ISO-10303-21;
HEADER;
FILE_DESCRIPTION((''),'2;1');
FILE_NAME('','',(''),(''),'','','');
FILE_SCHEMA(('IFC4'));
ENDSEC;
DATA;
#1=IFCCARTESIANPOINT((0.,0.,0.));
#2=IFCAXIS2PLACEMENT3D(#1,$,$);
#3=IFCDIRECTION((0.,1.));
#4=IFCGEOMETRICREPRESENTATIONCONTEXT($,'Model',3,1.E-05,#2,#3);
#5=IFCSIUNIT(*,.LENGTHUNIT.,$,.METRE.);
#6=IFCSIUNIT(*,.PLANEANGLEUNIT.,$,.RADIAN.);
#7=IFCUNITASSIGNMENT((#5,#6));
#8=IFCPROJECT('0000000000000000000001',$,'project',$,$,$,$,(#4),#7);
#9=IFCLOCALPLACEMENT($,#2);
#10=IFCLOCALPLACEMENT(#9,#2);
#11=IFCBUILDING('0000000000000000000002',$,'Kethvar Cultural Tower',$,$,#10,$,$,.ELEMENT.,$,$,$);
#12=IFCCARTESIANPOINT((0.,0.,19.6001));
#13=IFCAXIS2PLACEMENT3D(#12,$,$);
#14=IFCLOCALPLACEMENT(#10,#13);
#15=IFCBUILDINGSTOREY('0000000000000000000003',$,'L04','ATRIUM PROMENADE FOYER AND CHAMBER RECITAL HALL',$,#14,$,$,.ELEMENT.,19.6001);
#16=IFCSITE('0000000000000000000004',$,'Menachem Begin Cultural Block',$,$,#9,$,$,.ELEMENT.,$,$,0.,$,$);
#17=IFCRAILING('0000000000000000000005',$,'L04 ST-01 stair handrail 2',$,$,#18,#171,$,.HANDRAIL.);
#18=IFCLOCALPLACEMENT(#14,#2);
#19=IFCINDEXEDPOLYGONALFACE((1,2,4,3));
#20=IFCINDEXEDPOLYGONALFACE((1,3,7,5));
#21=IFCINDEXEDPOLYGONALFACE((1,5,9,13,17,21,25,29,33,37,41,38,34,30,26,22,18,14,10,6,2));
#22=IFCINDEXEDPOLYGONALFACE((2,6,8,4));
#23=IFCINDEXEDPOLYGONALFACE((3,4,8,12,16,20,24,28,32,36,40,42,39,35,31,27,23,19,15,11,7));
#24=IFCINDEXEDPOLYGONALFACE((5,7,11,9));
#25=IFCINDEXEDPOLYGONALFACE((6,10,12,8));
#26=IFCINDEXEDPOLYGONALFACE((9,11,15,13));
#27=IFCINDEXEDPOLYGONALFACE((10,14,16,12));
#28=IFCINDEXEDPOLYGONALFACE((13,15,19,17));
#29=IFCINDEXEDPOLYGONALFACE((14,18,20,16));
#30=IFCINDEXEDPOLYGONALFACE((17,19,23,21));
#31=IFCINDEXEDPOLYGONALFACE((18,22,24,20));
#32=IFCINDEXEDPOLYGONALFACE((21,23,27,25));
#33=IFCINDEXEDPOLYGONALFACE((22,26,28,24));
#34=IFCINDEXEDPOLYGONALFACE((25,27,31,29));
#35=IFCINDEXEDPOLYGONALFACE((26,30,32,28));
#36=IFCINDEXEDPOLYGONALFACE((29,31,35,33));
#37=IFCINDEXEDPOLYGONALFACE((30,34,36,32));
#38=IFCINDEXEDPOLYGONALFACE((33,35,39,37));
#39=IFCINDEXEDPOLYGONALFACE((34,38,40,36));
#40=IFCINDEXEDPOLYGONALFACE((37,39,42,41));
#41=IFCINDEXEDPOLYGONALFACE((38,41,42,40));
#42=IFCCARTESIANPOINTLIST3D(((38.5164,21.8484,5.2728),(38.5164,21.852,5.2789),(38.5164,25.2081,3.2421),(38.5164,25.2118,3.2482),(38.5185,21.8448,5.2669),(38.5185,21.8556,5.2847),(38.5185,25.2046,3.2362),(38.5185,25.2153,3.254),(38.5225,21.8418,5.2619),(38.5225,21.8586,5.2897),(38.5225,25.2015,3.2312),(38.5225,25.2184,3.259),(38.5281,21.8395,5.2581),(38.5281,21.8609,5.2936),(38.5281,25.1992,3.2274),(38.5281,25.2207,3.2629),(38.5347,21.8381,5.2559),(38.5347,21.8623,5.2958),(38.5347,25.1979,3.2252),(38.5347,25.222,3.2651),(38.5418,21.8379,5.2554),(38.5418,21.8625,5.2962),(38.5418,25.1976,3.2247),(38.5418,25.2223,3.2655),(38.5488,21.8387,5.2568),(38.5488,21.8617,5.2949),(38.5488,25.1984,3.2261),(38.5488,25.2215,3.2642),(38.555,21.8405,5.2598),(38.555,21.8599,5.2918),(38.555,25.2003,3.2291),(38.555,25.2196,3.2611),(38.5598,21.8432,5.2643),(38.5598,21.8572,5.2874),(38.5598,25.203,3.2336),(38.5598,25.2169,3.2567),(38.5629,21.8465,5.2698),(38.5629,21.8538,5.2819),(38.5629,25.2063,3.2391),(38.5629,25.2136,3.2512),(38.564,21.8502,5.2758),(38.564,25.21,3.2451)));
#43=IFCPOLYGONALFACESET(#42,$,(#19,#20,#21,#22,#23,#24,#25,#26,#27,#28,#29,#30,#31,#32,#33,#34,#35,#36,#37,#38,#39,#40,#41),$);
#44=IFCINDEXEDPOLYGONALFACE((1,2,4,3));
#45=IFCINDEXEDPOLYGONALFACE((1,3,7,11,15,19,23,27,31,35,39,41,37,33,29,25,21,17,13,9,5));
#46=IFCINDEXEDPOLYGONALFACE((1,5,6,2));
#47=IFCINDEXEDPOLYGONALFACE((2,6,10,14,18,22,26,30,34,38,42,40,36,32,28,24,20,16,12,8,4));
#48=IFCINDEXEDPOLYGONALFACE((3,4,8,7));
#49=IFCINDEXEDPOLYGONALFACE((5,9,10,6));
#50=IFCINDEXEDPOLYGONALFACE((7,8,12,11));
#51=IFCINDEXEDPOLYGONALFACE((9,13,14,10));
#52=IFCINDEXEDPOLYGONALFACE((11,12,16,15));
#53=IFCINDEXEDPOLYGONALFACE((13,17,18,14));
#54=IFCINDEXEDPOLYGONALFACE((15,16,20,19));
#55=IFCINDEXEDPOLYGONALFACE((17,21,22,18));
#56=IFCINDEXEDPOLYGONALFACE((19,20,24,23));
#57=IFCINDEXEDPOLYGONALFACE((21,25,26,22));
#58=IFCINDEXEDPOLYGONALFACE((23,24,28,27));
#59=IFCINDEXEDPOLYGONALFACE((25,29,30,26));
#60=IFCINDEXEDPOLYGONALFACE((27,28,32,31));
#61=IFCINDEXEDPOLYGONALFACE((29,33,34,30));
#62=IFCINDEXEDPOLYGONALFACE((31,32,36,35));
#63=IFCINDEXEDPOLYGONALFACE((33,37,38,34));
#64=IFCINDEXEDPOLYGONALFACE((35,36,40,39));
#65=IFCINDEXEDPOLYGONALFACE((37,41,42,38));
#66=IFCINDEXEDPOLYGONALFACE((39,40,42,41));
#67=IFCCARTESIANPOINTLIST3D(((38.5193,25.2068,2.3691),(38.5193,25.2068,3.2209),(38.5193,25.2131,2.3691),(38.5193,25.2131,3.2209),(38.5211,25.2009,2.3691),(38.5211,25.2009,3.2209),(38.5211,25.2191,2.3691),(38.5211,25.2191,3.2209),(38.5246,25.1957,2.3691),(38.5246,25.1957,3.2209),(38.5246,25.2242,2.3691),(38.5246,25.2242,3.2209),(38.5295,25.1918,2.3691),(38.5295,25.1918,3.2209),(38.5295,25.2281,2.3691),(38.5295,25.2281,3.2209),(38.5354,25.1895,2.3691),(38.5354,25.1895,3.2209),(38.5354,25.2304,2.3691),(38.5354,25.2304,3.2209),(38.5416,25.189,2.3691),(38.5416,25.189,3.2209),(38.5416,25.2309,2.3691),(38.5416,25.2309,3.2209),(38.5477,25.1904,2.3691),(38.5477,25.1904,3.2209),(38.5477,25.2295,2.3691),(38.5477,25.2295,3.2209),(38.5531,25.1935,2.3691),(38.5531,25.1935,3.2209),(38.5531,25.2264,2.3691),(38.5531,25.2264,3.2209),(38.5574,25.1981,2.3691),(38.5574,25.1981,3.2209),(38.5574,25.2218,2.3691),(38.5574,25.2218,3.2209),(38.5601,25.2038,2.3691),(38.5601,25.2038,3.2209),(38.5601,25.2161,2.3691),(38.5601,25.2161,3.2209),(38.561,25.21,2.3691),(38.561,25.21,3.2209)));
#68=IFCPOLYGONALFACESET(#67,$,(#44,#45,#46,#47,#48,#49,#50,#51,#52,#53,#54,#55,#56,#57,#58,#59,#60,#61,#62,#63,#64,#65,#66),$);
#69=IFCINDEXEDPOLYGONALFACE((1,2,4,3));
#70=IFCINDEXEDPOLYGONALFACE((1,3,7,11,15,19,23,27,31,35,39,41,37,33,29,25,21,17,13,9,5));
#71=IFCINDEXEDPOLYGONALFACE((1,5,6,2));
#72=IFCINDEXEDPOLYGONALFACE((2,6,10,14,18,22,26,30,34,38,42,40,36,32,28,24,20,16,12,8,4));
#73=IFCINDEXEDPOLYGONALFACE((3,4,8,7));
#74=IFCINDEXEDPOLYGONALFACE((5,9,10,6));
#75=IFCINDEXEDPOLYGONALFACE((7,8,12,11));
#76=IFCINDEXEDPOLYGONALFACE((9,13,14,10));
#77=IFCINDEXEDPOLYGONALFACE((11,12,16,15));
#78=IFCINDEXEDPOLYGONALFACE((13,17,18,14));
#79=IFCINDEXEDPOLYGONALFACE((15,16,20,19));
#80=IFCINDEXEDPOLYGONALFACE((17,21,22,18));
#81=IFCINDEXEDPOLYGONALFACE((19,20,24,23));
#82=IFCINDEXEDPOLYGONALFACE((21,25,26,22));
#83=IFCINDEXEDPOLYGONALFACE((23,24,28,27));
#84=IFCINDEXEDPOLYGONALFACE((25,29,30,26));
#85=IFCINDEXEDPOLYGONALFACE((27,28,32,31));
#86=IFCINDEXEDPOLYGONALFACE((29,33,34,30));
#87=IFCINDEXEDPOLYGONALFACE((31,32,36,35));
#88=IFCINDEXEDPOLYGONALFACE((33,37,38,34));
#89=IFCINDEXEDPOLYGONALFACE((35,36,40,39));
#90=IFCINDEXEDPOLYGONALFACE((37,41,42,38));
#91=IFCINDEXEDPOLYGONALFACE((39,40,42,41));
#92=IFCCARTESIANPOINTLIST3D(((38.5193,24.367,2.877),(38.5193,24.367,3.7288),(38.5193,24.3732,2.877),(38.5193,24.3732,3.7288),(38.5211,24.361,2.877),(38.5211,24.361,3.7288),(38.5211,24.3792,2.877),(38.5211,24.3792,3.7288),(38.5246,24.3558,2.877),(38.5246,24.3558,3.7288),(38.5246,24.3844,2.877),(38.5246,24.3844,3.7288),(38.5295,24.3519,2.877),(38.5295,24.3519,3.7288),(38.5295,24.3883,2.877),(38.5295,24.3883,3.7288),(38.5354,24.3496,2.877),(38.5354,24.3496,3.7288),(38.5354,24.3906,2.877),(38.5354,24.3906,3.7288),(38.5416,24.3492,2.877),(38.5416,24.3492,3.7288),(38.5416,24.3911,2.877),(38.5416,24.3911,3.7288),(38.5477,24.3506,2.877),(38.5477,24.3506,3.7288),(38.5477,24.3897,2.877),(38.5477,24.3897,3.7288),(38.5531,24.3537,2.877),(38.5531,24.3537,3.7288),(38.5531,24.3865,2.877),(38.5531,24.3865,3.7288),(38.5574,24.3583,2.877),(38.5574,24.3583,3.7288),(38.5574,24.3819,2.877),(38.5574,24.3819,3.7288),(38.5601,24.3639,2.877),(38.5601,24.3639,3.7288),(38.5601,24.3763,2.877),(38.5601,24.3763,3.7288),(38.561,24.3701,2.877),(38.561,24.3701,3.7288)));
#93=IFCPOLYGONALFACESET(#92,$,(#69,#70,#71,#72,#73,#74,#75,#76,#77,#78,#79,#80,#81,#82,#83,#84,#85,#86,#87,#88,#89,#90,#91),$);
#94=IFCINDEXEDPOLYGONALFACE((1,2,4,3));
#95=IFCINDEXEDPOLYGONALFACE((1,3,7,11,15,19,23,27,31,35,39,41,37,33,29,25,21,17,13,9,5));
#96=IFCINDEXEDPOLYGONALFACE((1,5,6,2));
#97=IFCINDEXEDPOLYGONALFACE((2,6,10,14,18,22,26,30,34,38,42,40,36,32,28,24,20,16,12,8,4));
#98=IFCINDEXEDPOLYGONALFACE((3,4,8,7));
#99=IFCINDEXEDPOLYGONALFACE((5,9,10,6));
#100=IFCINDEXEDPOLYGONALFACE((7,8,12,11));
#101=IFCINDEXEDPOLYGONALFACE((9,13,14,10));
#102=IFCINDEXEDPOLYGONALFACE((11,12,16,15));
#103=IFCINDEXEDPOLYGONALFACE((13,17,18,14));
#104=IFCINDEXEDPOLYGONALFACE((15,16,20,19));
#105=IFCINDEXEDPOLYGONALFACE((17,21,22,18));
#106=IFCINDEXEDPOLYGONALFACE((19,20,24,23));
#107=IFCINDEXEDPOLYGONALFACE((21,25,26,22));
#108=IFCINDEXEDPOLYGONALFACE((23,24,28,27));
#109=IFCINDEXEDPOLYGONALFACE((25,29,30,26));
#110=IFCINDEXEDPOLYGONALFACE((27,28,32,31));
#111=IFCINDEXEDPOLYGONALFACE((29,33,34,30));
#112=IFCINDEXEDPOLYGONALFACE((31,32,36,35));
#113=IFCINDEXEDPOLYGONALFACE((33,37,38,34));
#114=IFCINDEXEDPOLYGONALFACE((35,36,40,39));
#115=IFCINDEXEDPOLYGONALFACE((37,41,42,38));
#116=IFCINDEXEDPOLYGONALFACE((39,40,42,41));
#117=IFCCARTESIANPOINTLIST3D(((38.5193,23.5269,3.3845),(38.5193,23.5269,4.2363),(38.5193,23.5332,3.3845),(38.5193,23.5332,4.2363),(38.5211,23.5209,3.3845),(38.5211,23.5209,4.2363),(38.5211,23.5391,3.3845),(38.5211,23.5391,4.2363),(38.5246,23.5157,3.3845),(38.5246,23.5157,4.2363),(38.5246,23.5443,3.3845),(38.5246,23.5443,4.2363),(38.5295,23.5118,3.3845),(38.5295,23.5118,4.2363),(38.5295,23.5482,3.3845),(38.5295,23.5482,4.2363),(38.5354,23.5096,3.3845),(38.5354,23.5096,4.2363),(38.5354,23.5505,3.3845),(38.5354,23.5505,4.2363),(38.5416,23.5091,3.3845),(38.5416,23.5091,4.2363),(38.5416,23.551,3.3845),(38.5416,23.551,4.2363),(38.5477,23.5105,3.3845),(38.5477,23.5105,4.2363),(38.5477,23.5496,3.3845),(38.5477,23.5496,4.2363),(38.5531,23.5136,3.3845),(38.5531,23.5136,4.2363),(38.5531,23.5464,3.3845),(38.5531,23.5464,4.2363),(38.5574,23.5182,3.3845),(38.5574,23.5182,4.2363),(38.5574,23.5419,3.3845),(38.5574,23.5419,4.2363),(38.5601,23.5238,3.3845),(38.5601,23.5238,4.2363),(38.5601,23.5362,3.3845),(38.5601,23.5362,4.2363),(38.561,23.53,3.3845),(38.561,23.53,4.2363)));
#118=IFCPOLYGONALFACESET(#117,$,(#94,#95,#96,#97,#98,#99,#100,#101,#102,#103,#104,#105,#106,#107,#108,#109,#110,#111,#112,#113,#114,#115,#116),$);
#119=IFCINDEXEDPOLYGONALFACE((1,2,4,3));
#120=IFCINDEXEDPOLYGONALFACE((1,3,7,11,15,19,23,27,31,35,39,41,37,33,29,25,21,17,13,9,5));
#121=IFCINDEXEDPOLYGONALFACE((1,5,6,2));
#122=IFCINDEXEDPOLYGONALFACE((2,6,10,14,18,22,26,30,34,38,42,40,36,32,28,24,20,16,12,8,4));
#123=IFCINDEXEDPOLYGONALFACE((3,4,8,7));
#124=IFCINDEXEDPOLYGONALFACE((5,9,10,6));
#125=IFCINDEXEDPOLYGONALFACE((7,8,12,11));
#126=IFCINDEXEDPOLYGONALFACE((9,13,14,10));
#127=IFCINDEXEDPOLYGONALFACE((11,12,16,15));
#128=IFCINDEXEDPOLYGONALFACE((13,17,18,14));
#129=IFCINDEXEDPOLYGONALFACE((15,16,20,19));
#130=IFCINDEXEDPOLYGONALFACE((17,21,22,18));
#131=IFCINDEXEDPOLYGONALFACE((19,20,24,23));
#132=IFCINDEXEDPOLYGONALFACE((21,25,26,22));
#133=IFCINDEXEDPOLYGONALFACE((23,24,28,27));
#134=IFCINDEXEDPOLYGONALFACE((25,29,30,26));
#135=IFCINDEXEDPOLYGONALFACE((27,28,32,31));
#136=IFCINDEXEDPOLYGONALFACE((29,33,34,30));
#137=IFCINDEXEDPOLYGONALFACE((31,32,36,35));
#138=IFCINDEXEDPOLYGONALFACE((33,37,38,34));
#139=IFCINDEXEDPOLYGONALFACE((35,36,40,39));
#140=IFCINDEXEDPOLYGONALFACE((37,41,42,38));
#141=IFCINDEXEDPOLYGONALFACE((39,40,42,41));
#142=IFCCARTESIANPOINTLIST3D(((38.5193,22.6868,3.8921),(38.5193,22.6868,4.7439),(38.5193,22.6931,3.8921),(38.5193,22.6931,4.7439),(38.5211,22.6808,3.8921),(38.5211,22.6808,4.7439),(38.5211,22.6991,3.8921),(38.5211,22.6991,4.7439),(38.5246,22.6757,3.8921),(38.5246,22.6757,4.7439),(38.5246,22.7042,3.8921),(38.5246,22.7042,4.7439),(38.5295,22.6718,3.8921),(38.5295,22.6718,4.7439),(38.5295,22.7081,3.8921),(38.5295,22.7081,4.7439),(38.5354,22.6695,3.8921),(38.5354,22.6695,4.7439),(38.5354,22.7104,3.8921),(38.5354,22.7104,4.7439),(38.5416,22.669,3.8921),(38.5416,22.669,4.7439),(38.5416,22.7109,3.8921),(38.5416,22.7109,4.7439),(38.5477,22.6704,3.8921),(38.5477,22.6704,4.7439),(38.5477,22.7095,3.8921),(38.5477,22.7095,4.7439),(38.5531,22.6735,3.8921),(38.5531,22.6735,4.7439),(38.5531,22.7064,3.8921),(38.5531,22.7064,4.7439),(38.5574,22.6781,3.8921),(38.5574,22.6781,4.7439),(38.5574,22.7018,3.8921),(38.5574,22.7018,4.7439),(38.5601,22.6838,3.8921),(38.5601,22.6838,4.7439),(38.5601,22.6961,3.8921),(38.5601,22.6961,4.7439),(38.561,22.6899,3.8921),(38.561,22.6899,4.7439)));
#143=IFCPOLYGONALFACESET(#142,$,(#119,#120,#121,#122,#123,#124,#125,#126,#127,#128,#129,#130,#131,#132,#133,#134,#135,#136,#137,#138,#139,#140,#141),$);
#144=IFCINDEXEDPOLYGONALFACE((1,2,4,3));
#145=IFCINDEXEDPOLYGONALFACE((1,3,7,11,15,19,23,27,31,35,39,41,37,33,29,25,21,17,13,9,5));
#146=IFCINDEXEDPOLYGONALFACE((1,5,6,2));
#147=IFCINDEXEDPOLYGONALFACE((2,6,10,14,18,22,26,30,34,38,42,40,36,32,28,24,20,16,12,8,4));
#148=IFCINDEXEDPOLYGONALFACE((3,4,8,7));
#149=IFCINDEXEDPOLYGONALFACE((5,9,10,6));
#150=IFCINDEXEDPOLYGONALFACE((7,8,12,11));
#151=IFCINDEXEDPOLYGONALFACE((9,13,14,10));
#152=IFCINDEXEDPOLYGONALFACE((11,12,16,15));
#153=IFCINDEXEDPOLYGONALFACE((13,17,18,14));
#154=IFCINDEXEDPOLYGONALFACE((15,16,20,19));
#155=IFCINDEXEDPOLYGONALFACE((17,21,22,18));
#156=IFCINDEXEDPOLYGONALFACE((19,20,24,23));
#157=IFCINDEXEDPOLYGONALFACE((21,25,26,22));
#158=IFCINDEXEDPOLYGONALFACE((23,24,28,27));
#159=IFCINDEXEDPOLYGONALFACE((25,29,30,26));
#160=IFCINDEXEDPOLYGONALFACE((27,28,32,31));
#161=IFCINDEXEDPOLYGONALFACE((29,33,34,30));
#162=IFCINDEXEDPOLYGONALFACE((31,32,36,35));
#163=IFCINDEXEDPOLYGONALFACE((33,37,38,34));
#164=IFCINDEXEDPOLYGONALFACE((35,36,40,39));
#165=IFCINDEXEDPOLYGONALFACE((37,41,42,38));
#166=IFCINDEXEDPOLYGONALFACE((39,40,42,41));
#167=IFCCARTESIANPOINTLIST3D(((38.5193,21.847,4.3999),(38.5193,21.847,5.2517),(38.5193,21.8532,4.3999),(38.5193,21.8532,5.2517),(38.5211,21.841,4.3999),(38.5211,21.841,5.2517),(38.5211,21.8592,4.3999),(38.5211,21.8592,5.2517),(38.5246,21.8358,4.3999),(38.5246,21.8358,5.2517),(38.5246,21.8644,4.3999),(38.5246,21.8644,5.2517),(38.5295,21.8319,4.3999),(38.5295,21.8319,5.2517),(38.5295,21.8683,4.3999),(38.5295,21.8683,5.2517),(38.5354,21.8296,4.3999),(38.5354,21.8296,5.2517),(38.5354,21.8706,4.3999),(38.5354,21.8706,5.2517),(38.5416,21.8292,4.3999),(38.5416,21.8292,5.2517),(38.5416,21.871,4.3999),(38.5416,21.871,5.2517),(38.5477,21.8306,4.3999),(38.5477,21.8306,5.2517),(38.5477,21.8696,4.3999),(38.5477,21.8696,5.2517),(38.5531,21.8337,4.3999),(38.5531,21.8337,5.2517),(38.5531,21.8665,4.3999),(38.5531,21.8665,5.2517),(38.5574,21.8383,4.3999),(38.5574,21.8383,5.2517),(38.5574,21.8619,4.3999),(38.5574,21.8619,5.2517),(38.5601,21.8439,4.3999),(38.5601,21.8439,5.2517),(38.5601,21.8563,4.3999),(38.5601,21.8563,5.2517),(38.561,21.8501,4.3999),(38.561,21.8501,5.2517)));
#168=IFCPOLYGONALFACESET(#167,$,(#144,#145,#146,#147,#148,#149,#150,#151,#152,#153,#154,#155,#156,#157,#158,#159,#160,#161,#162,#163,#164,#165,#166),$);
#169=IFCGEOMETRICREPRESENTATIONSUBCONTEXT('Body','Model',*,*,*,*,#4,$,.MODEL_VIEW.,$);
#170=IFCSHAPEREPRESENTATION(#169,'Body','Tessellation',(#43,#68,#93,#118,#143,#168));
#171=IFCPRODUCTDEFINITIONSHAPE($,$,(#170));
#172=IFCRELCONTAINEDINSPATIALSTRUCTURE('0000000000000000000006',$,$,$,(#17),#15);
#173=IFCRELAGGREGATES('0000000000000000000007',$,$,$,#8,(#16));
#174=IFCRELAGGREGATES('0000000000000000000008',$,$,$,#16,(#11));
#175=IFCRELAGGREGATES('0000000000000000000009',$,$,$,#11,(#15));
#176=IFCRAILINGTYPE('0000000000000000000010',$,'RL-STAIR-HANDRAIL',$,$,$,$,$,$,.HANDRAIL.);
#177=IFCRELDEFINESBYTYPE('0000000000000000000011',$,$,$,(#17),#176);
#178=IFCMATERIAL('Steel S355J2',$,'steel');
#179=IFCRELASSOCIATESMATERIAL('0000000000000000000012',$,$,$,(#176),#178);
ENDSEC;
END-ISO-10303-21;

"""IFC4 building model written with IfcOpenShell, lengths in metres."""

from ifc_helpers import new_model, si_unit, direction, frame, origin, origin_2d, place, context, subcontext, project, spatial, circle, extrude, material, type_object, element, save


model = new_model("IFC4")

# Units and contexts
model_context = context("Model", 3, precision=1e-05, world=origin(), true_north=direction((0.0, 1.0)))
body_context = subcontext(model_context, "Body", "Model", "MODEL_VIEW")
ifc_project = project(units=[si_unit("LENGTHUNIT", "METRE"), si_unit("PLANEANGLEUNIT", "RADIAN")], contexts=[model_context])

# Site, building, storey
site_placement = place(None, origin())
site = spatial("IfcSite", under=ifc_project, at=site_placement, Name="Menachem Begin Cultural Block", CompositionType="ELEMENT", RefElevation=0.0)
building_placement = place(site_placement, origin())
building = spatial("IfcBuilding", under=site, at=building_placement, Name="Kethvar Cultural Tower", CompositionType="ELEMENT")
storey_placement = place(building_placement, frame((0.0, 0.0, 19.6001)))
storey = spatial("IfcBuildingStorey", under=building, at=storey_placement, Name="L04", Description="ATRIUM PROMENADE FOYER AND CHAMBER RECITAL HALL", CompositionType="ELEMENT", Elevation=19.6001)

# Shared definitions
ifc_material_1 = material(Name="Steel S355J2", Category="steel")

# Railing
railing_type_1 = type_object("IfcRailingType", Name="RL-STAIR-HANDRAIL", PredefinedType="HANDRAIL", material=ifc_material_1)
railing_1_placement = place(storey_placement, frame((38.54, 25.21, 2.3691)))
element("IfcRailing", 1, at=railing_1_placement, inside=storey, type_object=railing_type_1, Name="L04 ST-01 stair handrail 2", PredefinedType="HANDRAIL", context=body_context, shape_type="SweptSolid", body=[
    extrude(circle(Radius=0.0239, at=origin_2d()), frame((0.0, 0.0, 0.876), z_axis=(0.0, -0.85582, 0.517273), x_axis=(1.0, 0.0, 0.0)), (0.0, 0.0, 1.0), 3.9258),
    extrude(circle(Radius=0.021, at=origin_2d()), origin(), (0.0, 0.0, 1.0), 0.8518),
    extrude(circle(Radius=0.021, at=origin_2d()), frame((0.0, -0.8398, 0.5078)), (0.0, 0.0, 1.0), 0.8518),
    extrude(circle(Radius=0.021, at=origin_2d()), frame((0.0, -1.6799, 1.0154)), (0.0, 0.0, 1.0), 0.8518),
    extrude(circle(Radius=0.021, at=origin_2d()), frame((0.0, -2.52, 1.5229)), (0.0, 0.0, 1.0), 0.8518),
    extrude(circle(Radius=0.021, at=origin_2d()), frame((0.0, -3.3599, 2.0308)), (0.0, 0.0, 1.0), 0.8518),
])

save(model, "model.ifc")
